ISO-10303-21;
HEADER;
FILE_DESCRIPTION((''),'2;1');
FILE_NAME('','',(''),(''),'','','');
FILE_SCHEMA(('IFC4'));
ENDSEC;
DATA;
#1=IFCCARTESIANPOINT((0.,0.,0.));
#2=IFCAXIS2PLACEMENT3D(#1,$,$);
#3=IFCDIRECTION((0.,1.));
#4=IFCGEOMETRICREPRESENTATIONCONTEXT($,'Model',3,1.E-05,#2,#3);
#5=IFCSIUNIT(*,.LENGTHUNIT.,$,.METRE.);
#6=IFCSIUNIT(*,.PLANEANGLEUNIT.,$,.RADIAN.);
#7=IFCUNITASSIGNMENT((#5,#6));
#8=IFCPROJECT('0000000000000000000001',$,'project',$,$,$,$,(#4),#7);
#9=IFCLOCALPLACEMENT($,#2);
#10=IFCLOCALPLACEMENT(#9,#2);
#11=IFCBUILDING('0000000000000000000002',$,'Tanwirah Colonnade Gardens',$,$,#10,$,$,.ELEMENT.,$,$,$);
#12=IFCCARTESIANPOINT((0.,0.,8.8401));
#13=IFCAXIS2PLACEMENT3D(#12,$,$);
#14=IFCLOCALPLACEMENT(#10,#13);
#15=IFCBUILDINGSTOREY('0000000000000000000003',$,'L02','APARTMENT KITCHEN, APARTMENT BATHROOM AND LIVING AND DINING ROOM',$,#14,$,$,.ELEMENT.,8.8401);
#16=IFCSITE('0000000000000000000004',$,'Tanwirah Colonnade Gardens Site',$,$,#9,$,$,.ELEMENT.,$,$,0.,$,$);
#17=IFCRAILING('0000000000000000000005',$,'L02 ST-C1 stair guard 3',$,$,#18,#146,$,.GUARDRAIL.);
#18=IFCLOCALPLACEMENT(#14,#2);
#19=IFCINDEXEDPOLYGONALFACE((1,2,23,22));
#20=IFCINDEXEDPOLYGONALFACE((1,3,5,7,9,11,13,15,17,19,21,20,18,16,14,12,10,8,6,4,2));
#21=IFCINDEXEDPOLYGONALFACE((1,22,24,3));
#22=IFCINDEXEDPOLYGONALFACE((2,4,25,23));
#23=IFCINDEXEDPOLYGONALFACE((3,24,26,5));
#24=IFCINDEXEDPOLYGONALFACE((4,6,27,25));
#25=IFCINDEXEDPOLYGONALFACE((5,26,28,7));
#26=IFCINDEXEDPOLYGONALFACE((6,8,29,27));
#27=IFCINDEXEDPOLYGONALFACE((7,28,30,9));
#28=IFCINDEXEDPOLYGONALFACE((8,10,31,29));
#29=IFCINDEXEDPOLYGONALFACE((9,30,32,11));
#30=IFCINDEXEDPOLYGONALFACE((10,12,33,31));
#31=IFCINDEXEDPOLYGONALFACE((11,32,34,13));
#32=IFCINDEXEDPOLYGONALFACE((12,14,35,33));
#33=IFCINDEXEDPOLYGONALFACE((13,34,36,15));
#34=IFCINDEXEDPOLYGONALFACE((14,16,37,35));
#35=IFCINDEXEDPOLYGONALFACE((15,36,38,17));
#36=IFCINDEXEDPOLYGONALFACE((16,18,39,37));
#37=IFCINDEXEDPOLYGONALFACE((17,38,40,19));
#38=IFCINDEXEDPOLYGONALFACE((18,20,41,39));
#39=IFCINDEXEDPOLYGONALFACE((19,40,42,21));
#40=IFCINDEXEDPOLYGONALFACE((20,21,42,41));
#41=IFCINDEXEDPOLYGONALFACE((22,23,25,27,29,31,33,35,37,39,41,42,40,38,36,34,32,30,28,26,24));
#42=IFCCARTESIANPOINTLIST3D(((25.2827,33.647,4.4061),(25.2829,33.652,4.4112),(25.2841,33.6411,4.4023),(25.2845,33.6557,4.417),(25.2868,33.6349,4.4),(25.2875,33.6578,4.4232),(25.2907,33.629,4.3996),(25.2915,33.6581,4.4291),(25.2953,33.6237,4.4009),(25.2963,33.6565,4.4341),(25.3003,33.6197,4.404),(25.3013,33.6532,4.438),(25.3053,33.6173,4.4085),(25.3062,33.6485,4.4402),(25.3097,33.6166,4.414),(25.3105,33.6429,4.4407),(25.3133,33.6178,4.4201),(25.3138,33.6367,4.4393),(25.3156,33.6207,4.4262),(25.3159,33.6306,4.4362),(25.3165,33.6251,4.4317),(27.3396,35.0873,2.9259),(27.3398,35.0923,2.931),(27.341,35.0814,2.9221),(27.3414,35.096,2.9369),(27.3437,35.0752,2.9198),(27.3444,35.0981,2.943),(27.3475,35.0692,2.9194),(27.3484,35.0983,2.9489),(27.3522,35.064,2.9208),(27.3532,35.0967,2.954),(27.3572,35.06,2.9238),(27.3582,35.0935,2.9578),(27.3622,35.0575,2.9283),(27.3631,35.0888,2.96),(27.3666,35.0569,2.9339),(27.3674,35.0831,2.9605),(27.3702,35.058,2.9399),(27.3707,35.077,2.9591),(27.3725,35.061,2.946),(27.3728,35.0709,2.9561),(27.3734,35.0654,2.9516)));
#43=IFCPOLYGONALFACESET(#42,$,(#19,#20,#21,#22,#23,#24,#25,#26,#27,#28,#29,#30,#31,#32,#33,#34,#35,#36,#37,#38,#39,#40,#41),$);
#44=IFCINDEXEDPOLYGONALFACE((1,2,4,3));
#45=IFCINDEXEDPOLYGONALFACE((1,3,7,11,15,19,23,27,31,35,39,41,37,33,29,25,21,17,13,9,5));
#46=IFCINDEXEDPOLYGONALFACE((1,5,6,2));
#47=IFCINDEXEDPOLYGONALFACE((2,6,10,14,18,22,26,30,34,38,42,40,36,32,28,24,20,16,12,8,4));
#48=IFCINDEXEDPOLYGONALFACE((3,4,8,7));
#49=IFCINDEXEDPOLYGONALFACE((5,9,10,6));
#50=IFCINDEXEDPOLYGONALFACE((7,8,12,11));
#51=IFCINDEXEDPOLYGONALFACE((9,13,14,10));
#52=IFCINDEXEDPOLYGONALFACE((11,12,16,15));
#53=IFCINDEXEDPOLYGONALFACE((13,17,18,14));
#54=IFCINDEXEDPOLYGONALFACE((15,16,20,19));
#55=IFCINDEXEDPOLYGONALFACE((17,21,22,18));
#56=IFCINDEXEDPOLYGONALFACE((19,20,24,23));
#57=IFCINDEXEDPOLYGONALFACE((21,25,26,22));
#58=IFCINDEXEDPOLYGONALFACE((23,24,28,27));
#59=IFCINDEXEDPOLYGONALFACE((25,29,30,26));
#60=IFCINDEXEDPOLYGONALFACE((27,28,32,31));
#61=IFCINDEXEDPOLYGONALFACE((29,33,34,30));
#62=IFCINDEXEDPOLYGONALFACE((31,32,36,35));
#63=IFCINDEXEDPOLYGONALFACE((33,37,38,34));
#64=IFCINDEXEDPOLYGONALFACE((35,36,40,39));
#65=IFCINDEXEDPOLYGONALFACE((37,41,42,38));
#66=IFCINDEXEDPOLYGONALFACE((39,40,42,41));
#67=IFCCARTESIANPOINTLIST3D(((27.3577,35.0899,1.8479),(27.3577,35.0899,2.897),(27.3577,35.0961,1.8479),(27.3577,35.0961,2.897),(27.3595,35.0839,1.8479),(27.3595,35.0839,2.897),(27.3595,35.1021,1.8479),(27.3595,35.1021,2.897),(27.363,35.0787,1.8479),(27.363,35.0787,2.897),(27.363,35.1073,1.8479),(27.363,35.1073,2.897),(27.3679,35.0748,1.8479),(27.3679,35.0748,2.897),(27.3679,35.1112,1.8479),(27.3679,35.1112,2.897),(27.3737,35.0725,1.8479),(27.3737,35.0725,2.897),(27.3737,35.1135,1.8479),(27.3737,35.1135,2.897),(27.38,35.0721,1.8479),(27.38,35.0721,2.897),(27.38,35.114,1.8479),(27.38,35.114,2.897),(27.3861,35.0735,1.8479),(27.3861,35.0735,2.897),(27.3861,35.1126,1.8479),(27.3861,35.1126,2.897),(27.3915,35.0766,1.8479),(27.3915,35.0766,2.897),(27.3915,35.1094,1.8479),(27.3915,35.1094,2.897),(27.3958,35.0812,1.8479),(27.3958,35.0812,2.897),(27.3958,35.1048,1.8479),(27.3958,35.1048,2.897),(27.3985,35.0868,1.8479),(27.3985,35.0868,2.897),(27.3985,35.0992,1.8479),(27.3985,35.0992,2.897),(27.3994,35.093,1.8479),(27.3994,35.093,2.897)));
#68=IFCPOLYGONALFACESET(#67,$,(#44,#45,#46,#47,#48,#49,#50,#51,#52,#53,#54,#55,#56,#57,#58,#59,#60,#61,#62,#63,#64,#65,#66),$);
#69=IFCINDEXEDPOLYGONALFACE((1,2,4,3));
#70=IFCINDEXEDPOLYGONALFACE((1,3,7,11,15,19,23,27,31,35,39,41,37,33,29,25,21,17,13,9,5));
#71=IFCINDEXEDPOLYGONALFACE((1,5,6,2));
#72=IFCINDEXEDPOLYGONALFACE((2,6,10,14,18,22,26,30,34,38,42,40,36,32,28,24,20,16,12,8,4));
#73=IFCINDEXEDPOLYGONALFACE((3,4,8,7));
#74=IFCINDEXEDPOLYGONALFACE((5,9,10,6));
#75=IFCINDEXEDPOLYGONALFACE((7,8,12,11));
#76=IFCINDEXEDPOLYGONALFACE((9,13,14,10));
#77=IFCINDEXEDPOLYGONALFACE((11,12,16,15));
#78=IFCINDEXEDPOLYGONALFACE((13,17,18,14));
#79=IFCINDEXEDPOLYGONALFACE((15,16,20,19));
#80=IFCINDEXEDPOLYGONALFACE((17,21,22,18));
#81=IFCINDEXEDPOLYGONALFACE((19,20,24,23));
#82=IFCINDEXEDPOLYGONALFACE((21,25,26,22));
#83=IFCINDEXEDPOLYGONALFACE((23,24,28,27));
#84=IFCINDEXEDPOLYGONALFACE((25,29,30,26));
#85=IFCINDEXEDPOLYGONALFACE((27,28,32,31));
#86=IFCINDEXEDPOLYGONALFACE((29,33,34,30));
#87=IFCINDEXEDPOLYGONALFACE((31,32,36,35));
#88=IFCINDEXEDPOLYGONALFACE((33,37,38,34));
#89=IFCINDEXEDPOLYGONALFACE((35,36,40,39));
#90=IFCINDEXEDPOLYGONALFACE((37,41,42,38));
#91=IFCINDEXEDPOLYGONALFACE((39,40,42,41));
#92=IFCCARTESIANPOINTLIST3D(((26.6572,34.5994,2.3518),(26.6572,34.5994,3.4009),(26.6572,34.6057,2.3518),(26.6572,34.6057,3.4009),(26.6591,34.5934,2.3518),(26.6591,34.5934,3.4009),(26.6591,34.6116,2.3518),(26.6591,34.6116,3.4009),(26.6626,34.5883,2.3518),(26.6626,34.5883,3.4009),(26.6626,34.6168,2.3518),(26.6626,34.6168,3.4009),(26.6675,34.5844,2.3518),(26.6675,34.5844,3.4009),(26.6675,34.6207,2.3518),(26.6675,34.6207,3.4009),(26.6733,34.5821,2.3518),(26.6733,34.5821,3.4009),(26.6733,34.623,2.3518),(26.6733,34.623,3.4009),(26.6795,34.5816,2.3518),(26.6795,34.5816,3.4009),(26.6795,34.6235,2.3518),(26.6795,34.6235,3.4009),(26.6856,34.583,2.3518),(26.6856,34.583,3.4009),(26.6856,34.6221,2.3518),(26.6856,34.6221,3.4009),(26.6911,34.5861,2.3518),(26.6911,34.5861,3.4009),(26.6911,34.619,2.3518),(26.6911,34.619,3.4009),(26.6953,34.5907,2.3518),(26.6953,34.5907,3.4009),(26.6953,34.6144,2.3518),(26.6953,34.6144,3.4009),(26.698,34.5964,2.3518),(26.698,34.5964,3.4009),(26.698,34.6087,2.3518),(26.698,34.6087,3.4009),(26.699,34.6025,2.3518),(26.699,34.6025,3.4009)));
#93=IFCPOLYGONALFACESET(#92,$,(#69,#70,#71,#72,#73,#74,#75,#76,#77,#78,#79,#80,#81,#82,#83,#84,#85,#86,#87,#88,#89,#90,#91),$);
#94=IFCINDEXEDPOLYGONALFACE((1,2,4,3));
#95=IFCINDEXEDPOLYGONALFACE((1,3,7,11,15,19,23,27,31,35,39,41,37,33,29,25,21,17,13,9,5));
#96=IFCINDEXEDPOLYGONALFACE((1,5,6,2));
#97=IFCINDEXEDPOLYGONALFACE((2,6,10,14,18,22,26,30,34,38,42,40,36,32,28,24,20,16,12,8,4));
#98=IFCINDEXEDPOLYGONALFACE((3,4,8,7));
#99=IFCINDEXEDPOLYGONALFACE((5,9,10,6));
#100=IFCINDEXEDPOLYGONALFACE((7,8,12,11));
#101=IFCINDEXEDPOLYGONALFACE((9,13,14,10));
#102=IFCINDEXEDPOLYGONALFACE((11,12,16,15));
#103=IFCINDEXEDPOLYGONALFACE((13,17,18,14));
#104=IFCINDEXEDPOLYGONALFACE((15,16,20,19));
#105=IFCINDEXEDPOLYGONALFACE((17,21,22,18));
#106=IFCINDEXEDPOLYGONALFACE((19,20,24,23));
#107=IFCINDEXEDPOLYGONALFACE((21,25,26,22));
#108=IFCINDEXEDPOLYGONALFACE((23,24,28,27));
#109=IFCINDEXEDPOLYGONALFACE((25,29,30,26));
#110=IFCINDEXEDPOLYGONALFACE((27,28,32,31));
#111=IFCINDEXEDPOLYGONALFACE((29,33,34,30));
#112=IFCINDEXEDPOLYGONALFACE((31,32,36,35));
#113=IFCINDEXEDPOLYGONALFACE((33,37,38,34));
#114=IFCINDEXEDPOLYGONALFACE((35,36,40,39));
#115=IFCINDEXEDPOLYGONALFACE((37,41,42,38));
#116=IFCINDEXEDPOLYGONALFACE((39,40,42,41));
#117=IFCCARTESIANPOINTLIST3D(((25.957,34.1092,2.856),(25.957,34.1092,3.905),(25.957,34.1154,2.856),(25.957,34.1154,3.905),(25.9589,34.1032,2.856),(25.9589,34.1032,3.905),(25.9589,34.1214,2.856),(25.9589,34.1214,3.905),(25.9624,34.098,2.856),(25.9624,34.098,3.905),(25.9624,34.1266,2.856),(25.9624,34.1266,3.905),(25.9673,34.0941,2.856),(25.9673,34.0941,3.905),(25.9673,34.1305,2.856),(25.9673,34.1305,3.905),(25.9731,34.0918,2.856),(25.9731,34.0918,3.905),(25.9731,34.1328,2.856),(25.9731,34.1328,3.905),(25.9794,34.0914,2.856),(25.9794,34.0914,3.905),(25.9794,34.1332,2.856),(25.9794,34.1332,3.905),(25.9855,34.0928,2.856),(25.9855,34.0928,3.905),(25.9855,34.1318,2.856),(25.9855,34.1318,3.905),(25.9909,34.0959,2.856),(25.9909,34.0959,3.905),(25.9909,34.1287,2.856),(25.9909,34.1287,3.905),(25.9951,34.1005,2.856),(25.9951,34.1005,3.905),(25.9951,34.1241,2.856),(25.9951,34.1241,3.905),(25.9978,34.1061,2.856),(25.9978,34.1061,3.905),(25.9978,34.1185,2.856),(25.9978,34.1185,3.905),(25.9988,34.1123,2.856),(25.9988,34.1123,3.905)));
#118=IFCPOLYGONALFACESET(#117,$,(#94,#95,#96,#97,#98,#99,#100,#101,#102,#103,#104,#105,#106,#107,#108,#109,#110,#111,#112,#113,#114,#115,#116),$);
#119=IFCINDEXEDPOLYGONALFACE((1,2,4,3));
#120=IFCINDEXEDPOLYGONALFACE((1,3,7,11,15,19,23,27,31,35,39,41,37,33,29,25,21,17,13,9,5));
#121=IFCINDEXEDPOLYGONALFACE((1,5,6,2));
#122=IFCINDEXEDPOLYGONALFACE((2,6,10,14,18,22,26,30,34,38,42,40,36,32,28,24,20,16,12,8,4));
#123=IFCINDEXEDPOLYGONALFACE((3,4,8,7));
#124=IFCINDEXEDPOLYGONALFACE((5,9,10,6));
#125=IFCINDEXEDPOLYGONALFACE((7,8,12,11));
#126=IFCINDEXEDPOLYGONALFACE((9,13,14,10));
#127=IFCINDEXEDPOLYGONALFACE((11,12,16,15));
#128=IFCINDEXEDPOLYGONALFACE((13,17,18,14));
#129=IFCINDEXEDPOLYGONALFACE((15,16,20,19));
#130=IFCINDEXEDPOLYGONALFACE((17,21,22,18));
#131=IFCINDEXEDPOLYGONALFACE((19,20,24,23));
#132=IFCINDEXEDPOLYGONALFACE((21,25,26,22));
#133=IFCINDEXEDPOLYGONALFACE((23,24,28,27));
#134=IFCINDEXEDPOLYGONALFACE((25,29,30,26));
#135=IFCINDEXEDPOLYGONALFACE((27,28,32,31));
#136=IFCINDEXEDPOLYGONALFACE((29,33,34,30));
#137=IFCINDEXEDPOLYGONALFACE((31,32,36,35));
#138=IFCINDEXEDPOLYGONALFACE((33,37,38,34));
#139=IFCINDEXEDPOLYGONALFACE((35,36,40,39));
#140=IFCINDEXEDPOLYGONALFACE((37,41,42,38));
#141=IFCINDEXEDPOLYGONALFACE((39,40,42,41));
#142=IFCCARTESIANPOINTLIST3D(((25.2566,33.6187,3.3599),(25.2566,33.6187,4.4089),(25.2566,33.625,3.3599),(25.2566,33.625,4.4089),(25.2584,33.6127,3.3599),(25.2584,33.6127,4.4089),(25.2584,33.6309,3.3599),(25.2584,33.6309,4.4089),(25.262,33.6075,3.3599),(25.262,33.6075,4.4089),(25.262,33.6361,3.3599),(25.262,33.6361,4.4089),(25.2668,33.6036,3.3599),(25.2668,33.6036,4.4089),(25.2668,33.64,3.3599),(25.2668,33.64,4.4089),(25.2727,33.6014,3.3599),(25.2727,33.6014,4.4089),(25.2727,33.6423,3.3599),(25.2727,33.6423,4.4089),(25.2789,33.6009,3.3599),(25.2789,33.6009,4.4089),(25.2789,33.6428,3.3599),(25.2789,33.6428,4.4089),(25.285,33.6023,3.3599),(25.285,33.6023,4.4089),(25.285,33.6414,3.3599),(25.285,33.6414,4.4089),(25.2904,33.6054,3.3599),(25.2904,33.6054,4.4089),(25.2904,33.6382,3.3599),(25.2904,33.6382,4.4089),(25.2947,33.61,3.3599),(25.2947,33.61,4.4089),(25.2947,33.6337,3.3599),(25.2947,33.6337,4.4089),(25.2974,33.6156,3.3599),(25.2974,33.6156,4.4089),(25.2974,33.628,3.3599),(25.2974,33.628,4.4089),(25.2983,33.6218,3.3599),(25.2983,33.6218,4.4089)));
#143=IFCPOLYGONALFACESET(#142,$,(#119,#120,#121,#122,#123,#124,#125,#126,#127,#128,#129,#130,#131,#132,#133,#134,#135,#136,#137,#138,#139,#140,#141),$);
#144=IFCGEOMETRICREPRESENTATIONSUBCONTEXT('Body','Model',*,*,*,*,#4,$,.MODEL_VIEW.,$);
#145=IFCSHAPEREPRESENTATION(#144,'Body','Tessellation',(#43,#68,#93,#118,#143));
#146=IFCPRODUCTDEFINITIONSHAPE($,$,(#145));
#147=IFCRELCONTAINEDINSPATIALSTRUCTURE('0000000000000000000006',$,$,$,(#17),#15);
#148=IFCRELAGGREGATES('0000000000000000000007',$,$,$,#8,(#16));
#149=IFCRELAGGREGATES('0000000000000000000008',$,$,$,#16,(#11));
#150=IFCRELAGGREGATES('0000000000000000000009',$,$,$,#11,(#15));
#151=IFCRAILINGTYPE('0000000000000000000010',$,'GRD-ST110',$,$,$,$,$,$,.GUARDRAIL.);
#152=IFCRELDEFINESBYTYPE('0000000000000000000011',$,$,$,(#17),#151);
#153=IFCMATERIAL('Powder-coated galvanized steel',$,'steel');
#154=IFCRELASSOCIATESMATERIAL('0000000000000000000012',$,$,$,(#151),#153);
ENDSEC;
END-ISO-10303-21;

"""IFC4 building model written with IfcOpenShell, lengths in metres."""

from ifc_helpers import new_model, si_unit, direction, frame, origin, origin_2d, place, context, subcontext, project, spatial, circle, extrude, material, type_object, element, save


model = new_model("IFC4")

# Units and contexts
model_context = context("Model", 3, precision=1e-05, world=origin(), true_north=direction((0.0, 1.0)))
body_context = subcontext(model_context, "Body", "Model", "MODEL_VIEW")
ifc_project = project(units=[si_unit("LENGTHUNIT", "METRE"), si_unit("PLANEANGLEUNIT", "RADIAN")], contexts=[model_context])

# Site, building, storey
site_placement = place(None, origin())
site = spatial("IfcSite", under=ifc_project, at=site_placement, Name="Tanwirah Colonnade Gardens Site", CompositionType="ELEMENT", RefElevation=0.0)
building_placement = place(site_placement, origin())
building = spatial("IfcBuilding", under=site, at=building_placement, Name="Tanwirah Colonnade Gardens", CompositionType="ELEMENT")
storey_placement = place(building_placement, frame((0.0, 0.0, 8.8401)))
storey = spatial("IfcBuildingStorey", under=building, at=storey_placement, Name="L02", Description="APARTMENT KITCHEN, APARTMENT BATHROOM AND LIVING AND DINING ROOM", CompositionType="ELEMENT", Elevation=8.8401)

# Railing
ifc_material_1 = material(Name="Powder-coated galvanized steel", Category="steel")
railing_type_1 = type_object("IfcRailingType", Name="GRD-ST110", PredefinedType="GUARDRAIL", material=ifc_material_1)
railing_1_placement = place(storey_placement, frame((27.3784, 35.093, 1.8479)))
element("IfcRailing", 1, at=railing_1_placement, inside=storey, type_object=railing_type_1, Name="L02 ST-C1 stair guard 3", PredefinedType="GUARDRAIL", context=body_context, shape_type="SweptSolid", body=[
    extrude(circle(Radius=0.0239, at=origin_2d()), frame((-0.022, -0.0154, 1.092), z_axis=(-0.705673, -0.494118, 0.507812), x_axis=(0.573577, -0.819151, 0.0)), (0.0, 0.0, 1.0), 2.9148),
    extrude(circle(Radius=0.021, at=origin_2d()), origin(), (0.0, 0.0, 1.0), 1.0491),
    extrude(circle(Radius=0.021, at=origin_2d()), frame((-0.7004, -0.4905, 0.5039)), (0.0, 0.0, 1.0), 1.0491),
    extrude(circle(Radius=0.021, at=origin_2d()), frame((-1.4006, -0.9807, 1.0081)), (0.0, 0.0, 1.0), 1.0491),
    extrude(circle(Radius=0.021, at=origin_2d()), frame((-2.1011, -1.4712, 1.512)), (0.0, 0.0, 1.0), 1.0491),
])

save(model, "model.ifc")
